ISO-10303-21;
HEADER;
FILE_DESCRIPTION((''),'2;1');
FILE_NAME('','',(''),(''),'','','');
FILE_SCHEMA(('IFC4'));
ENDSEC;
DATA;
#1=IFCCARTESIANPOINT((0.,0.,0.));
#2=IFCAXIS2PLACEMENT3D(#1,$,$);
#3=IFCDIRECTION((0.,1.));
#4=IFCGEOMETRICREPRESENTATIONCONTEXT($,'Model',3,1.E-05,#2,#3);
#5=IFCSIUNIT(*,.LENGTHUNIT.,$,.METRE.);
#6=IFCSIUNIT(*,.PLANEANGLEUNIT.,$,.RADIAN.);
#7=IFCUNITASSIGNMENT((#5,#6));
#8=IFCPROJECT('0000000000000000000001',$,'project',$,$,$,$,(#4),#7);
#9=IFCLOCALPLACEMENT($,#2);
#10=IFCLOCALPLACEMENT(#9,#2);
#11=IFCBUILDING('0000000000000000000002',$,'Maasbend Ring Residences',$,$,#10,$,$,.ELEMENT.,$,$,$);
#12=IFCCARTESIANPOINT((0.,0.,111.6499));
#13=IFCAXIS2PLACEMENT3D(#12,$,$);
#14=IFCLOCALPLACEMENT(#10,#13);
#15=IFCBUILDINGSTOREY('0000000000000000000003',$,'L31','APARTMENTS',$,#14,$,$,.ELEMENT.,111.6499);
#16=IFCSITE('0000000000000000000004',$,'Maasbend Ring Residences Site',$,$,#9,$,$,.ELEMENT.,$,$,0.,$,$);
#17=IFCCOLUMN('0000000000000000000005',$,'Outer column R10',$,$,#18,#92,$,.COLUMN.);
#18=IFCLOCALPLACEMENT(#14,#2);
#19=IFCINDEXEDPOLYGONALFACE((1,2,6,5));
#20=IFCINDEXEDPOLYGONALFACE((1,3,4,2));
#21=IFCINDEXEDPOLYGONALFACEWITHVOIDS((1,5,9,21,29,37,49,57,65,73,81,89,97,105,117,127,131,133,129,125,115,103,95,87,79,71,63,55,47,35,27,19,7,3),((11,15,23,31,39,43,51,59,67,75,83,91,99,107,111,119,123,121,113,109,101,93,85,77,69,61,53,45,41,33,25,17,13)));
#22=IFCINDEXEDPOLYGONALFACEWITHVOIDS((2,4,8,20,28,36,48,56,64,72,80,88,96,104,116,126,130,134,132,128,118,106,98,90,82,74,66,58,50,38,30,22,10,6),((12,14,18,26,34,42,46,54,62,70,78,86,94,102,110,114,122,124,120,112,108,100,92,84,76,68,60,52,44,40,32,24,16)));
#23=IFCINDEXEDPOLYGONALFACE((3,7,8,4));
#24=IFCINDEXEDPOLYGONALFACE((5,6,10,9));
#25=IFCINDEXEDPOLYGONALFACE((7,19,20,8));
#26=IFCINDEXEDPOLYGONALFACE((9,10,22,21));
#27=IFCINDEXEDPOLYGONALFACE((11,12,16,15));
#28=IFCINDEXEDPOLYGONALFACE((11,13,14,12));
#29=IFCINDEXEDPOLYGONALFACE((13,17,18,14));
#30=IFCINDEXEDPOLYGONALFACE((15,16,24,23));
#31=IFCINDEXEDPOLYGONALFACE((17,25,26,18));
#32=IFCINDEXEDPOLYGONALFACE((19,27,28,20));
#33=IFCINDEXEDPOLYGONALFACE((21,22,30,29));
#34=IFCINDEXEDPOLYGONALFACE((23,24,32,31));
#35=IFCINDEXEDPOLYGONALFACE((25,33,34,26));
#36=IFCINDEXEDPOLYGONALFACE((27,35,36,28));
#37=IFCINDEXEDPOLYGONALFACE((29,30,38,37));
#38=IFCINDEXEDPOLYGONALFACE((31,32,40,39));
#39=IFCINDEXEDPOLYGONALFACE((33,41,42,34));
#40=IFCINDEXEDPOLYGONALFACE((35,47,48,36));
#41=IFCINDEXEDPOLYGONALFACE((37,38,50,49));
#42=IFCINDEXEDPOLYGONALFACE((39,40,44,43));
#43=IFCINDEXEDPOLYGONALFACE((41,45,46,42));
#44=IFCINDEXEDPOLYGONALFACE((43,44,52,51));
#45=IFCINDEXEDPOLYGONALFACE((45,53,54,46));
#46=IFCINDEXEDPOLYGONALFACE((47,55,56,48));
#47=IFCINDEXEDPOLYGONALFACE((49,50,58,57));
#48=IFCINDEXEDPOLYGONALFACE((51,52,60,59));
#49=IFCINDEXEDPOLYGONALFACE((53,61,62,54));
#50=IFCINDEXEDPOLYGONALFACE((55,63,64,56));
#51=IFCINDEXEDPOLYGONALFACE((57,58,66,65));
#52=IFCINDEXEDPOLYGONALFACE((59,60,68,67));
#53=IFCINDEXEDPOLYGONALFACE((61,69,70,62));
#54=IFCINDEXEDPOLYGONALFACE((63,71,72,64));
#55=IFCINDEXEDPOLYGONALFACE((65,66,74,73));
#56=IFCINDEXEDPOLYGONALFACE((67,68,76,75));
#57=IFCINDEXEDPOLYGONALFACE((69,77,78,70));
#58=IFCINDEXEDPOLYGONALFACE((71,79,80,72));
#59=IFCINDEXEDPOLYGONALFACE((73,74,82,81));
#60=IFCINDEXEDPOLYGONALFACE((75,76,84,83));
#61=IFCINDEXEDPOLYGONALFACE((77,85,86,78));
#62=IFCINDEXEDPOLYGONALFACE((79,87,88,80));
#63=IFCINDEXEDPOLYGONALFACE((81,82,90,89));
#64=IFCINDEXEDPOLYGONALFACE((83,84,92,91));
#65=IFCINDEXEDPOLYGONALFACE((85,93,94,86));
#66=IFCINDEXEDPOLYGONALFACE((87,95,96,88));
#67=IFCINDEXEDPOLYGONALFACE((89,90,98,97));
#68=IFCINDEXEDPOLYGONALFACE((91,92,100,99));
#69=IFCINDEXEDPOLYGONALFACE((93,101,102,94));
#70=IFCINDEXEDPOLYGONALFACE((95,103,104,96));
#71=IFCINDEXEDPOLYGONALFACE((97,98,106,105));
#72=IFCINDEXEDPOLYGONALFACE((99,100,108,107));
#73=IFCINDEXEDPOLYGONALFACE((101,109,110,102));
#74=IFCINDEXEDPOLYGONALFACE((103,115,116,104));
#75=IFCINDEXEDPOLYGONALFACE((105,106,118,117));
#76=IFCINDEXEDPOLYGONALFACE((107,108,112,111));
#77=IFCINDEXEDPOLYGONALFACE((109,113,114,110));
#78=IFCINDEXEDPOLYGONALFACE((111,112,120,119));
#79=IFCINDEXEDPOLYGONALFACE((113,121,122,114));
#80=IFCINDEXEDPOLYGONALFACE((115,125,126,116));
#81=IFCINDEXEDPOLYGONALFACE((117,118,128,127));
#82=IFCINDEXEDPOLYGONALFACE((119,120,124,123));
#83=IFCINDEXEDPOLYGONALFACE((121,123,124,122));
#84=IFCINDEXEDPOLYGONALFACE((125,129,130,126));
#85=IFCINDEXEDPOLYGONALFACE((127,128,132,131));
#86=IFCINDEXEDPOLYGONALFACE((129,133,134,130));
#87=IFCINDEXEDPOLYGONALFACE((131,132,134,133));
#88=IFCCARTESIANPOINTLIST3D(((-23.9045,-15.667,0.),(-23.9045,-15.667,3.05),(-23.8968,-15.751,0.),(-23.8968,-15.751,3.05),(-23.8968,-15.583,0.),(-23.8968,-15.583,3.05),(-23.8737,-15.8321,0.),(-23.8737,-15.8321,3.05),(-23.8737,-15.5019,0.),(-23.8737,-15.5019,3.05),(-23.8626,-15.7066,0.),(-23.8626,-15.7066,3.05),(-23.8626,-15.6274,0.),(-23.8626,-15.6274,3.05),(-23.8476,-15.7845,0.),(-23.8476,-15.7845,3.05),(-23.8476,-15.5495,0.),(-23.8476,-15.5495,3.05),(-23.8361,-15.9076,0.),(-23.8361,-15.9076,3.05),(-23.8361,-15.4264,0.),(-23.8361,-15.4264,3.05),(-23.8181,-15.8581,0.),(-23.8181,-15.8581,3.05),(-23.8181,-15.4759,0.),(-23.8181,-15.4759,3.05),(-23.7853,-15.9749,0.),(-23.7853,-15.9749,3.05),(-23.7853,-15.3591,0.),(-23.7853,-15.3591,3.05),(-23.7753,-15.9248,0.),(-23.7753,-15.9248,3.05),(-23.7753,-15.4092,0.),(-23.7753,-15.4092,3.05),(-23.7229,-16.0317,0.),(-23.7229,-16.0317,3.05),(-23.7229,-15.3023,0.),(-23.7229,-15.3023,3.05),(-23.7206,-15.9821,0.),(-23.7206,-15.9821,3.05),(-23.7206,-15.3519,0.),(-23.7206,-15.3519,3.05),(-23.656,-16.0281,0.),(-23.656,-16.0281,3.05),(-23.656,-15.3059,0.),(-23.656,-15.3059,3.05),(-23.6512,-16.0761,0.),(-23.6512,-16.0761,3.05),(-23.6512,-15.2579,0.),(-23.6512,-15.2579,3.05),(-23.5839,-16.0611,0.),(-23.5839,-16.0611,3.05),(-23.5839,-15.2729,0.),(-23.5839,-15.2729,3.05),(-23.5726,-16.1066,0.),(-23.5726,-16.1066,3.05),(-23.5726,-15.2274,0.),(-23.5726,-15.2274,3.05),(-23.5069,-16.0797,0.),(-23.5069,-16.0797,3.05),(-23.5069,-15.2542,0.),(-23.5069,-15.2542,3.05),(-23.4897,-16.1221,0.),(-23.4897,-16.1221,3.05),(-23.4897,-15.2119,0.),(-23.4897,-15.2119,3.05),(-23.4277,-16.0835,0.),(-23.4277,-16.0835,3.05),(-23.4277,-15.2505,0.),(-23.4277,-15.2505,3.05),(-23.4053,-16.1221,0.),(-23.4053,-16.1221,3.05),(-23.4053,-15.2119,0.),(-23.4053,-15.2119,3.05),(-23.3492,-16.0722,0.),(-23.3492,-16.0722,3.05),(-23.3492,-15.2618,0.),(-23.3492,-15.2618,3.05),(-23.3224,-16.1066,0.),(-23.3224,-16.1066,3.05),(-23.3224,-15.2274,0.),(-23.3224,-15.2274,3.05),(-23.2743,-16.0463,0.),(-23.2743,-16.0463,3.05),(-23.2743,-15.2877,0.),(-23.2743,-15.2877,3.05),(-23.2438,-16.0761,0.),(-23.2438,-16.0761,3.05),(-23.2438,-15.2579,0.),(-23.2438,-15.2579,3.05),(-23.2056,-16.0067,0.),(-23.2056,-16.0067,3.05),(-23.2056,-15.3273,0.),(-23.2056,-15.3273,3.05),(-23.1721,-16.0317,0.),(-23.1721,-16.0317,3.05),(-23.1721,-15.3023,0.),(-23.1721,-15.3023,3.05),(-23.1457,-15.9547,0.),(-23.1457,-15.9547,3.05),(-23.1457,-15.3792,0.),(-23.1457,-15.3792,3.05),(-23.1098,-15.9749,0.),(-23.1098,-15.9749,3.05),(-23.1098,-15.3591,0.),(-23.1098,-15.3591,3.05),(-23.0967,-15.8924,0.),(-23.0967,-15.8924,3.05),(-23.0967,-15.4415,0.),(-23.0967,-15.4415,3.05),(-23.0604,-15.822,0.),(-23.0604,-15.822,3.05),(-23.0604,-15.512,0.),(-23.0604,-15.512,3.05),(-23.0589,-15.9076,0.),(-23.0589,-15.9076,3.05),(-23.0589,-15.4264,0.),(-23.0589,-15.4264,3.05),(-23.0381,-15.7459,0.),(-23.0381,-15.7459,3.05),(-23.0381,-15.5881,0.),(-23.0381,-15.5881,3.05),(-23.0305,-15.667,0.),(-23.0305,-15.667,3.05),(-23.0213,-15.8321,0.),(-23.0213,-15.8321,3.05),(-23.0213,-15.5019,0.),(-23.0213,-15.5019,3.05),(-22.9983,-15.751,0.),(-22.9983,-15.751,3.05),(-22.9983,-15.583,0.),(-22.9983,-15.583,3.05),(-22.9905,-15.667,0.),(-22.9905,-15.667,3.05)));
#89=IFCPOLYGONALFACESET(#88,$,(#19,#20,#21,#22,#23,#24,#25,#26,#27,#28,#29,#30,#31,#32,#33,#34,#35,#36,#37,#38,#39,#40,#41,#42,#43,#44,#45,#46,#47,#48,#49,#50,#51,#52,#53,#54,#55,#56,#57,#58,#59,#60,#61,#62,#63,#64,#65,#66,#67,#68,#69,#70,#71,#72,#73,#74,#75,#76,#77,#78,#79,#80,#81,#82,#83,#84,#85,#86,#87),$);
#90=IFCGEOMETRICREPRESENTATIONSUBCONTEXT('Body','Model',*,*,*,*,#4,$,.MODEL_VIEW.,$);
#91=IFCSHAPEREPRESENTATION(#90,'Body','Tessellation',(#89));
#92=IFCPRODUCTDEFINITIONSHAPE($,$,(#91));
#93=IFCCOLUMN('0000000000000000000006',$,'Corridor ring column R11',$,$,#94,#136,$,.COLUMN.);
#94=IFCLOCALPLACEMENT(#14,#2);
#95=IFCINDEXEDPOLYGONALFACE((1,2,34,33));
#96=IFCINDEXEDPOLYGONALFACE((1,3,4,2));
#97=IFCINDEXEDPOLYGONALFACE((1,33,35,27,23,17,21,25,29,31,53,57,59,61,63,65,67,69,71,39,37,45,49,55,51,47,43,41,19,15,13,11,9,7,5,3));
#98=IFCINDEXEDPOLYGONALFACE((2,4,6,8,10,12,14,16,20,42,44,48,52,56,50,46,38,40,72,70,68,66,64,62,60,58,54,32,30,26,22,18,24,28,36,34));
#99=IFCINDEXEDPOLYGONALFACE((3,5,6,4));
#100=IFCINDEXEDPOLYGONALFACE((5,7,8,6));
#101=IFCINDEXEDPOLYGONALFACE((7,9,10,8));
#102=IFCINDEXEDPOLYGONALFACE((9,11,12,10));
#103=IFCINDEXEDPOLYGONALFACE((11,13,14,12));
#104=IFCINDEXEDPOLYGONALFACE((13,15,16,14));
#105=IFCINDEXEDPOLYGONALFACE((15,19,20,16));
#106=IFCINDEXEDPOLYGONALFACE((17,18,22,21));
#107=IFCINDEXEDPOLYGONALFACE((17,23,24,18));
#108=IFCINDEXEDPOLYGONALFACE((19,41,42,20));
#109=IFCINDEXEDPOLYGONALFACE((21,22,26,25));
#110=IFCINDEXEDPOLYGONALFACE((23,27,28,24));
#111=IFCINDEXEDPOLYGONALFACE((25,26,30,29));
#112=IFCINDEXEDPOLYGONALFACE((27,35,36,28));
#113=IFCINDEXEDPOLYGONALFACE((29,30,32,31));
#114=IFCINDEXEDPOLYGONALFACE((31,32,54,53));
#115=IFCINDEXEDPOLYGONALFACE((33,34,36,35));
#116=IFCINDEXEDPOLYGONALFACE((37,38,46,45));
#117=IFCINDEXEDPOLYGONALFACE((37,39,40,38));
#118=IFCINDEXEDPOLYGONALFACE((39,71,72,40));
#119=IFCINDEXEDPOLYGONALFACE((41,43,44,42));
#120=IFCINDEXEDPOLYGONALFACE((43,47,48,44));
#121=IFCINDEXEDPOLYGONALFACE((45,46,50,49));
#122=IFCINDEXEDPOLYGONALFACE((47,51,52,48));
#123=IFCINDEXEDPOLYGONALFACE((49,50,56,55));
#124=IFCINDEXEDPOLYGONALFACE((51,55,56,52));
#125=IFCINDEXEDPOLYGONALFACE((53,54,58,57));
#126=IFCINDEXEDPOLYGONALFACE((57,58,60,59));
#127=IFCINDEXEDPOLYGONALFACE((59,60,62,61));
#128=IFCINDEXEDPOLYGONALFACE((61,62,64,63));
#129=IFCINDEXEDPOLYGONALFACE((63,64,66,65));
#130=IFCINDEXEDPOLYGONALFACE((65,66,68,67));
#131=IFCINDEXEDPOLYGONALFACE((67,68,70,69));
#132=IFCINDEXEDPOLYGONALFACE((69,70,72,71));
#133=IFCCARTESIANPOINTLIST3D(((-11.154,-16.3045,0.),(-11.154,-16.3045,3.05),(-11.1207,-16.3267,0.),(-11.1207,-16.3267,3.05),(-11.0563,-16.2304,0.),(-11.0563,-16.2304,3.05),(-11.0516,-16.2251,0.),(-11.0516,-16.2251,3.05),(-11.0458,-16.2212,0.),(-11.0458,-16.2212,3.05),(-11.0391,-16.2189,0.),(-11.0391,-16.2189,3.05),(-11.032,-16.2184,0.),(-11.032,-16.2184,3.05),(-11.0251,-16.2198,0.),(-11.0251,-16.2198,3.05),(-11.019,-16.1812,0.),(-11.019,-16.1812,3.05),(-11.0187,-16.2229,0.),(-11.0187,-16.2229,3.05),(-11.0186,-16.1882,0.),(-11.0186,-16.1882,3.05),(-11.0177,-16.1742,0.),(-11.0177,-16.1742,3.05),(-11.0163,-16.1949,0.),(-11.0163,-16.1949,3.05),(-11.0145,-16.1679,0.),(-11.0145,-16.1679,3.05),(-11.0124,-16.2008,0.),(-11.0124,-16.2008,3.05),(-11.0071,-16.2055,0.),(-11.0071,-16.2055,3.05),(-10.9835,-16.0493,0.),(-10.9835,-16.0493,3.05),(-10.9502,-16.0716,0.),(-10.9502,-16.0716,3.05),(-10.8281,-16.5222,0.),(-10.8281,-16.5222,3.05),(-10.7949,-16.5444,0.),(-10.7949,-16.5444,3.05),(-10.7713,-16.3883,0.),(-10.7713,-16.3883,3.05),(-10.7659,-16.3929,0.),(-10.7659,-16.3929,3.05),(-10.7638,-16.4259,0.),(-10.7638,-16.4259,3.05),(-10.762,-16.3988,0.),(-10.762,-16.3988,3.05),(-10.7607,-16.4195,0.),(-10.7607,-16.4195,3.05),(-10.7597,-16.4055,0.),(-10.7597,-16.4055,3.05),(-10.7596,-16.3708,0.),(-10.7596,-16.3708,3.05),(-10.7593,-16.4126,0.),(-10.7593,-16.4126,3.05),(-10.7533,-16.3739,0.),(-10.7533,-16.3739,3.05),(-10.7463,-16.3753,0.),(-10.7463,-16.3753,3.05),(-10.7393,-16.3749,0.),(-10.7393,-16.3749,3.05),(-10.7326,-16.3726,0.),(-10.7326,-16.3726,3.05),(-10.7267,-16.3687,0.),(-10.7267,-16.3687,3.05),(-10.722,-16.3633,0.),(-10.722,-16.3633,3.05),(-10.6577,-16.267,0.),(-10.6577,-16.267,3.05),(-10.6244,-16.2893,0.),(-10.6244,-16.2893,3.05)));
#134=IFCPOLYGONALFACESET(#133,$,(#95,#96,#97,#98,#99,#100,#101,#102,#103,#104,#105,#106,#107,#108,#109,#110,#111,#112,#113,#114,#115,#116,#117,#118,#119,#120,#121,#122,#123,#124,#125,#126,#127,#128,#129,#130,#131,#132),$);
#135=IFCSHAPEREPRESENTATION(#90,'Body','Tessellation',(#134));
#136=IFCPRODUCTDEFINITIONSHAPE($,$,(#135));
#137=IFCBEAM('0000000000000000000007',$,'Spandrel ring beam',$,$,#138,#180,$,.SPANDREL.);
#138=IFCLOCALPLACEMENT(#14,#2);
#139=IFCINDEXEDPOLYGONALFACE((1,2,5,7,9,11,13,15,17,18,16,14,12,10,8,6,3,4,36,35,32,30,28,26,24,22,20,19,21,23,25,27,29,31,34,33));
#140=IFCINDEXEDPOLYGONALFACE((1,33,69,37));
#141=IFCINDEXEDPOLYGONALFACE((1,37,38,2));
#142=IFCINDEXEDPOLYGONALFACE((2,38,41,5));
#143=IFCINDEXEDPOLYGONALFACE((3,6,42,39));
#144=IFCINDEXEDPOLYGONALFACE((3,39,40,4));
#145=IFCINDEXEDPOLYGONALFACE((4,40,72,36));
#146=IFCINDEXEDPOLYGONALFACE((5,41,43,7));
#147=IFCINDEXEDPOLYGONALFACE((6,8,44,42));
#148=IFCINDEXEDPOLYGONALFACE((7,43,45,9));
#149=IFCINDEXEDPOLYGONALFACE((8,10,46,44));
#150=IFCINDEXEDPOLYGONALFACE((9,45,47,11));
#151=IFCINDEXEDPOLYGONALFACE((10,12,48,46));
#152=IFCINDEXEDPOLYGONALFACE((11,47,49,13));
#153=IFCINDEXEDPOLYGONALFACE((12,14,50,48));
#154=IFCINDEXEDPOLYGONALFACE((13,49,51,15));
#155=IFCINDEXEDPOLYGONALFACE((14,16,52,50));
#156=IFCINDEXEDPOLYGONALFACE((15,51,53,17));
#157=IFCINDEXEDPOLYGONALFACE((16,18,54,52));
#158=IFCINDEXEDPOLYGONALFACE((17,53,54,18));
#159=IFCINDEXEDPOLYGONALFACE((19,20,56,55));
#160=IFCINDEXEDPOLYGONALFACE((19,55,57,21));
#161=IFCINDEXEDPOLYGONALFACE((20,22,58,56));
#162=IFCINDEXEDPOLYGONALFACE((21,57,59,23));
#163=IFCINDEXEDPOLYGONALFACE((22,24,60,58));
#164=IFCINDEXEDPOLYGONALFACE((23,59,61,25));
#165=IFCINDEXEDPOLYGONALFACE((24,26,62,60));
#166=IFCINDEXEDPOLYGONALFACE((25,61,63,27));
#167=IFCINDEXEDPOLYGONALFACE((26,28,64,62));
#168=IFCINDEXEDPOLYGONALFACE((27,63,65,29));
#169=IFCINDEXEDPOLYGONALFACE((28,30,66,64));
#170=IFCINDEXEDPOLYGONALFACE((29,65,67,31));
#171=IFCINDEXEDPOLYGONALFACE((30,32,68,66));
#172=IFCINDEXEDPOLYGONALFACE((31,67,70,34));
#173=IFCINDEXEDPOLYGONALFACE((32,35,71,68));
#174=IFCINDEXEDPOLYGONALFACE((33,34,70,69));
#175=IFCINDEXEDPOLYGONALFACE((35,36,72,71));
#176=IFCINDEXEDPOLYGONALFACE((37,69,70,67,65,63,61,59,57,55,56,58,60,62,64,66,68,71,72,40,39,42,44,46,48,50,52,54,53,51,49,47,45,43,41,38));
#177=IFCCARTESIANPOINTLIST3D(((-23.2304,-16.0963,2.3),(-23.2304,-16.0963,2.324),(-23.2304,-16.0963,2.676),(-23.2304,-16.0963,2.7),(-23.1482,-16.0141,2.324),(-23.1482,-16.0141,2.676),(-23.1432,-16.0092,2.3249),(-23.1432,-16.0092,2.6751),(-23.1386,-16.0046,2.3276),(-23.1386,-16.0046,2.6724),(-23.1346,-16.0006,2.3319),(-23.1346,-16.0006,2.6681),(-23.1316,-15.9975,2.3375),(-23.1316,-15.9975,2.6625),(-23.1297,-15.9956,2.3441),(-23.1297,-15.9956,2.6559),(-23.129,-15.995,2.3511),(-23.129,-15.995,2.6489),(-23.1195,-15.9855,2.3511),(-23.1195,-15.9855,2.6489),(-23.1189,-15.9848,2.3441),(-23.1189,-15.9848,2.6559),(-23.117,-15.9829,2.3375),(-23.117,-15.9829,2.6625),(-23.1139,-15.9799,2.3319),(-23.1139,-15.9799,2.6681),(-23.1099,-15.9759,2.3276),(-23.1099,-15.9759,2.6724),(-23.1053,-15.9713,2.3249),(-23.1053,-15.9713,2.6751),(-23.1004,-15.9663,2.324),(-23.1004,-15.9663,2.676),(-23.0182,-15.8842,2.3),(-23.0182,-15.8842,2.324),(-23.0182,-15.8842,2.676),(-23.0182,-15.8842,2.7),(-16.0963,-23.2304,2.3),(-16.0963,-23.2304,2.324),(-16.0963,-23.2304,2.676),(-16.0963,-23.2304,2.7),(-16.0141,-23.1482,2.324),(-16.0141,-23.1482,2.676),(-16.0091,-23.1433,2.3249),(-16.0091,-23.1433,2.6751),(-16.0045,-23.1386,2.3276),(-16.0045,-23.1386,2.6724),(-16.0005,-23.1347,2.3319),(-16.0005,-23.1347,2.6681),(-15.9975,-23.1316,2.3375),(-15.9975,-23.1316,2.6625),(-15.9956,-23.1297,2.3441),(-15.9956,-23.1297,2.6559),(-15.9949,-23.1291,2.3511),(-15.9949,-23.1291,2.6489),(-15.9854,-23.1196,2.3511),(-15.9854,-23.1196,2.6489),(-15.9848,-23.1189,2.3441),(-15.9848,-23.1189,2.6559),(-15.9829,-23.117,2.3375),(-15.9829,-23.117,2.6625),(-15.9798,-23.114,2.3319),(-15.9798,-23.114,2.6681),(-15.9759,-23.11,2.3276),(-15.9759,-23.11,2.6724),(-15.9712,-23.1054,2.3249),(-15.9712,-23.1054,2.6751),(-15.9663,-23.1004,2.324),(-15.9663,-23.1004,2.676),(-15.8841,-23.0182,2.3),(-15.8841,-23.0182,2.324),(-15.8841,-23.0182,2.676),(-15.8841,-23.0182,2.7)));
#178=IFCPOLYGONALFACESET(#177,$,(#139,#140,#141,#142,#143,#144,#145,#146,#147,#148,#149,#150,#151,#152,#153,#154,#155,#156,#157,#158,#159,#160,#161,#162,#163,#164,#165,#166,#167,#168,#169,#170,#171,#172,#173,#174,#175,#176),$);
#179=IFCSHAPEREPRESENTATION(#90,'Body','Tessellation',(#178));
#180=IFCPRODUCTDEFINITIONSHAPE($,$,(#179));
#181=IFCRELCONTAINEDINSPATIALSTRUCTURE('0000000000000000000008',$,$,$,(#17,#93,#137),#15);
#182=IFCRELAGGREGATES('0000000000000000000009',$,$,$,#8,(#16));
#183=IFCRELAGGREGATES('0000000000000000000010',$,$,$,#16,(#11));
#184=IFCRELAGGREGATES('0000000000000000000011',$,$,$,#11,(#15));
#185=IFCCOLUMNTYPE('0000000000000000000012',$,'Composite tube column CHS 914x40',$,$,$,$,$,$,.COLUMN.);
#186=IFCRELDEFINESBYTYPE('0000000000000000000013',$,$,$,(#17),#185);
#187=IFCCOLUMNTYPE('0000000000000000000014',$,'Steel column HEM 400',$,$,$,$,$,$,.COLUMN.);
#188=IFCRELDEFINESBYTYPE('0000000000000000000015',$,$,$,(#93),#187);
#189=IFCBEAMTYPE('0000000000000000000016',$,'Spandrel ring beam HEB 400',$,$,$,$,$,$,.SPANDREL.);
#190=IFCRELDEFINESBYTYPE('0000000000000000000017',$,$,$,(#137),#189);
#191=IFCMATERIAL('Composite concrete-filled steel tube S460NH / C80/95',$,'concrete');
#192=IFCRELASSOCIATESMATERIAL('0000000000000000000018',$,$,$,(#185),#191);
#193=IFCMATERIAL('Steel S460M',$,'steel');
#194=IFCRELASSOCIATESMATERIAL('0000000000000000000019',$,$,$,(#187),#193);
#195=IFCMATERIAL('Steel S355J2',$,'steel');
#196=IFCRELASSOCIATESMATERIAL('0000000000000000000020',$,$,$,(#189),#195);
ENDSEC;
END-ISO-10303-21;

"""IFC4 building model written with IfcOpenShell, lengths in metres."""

from ifc_helpers import new_model, si_unit, direction, frame, origin, origin_2d, place, context, subcontext, project, spatial, hollow_circle, i_section, extrude, material, material_profile, profile_set, type_object, element, save


model = new_model("IFC4")

# Units and contexts
model_context = context("Model", 3, precision=1e-05, world=origin(), true_north=direction((0.0, 1.0)))
body_context = subcontext(model_context, "Body", "Model", "MODEL_VIEW")
ifc_project = project(units=[si_unit("LENGTHUNIT", "METRE"), si_unit("PLANEANGLEUNIT", "RADIAN")], contexts=[model_context])

# Site, building, storey
site_placement = place(None, origin())
site = spatial("IfcSite", under=ifc_project, at=site_placement, Name="Maasbend Ring Residences Site", CompositionType="ELEMENT", RefElevation=0.0)
building_placement = place(site_placement, origin())
building = spatial("IfcBuilding", under=site, at=building_placement, Name="Maasbend Ring Residences", CompositionType="ELEMENT")
storey_placement = place(building_placement, frame((0.0, 0.0, 111.6499)))
storey = spatial("IfcBuildingStorey", under=building, at=storey_placement, Name="L31", Description="APARTMENTS", CompositionType="ELEMENT", Elevation=111.6499)

# Columns
ifc_material_1 = material(Name="Composite concrete-filled steel tube S460NH / C80/95", Category="concrete")
ifc_material_profile_1 = material_profile(ifc_material_1, hollow_circle(Radius=0.457, WallThickness=0.04, at=origin_2d()), Name="Composite tube column CHS 914x40")
ifc_profile_set_1 = profile_set([ifc_material_profile_1], Name="Composite concrete-filled steel tube S460NH / C80/95")
column_type_1 = type_object("IfcColumnType", Name="Composite tube column CHS 914x40", PredefinedType="COLUMN", material=ifc_profile_set_1)
column_1_placement = place(storey_placement, frame((-23.4475, -15.667, 0.0), z_axis=(0.0, 0.0, 1.0), x_axis=(1.0, 0.0, 0.0)))
element("IfcColumn", 1, at=column_1_placement, inside=storey, type_object=column_type_1, Name="Outer column R10", PredefinedType="COLUMN", context=body_context, shape_type="SweptSolid", body=[
    extrude(hollow_circle(Radius=0.457, WallThickness=0.04, at=origin_2d()), origin(), (0.0, 0.0, 1.0), 3.05),
])
ifc_material_2 = material(Name="Steel S460M", Category="steel")
ifc_material_profile_2 = material_profile(ifc_material_2, i_section(OverallWidth=0.3069, OverallDepth=0.4319, WebThickness=0.021, FlangeThickness=0.04, FilletRadius=0.0271, at=origin_2d()), Name="HEM 400")
ifc_profile_set_2 = profile_set([ifc_material_profile_2], Name="Steel S460M")
column_type_2 = type_object("IfcColumnType", Name="Steel column HEM 400", PredefinedType="COLUMN", material=ifc_profile_set_2)
column_2_placement = place(storey_placement, frame((-10.8892, -16.2969, 0.0), z_axis=(0.0, 0.0, 1.0), x_axis=(-0.55557, -0.83147, 0.0)))
element("IfcColumn", 2, at=column_2_placement, inside=storey, type_object=column_type_2, Name="Corridor ring column R11", PredefinedType="COLUMN", context=body_context, shape_type="SweptSolid", body=[
    extrude(i_section(OverallWidth=0.3069, OverallDepth=0.4319, WebThickness=0.021, FlangeThickness=0.04, FilletRadius=0.0271, at=origin_2d()), origin(), (0.0, 0.0, 1.0), 3.05),
])

# Beam
ifc_material_3 = material(Name="Steel S355J2", Category="steel")
ifc_material_profile_3 = material_profile(ifc_material_3, i_section(OverallWidth=0.3, OverallDepth=0.3999, WebThickness=0.0134, FlangeThickness=0.0239, FilletRadius=0.0271, at=origin_2d()), Name="HEB 400")
ifc_profile_set_3 = profile_set([ifc_material_profile_3], Name="Steel S355J2")
beam_type = type_object("IfcBeamType", Name="Spandrel ring beam HEB 400", PredefinedType="SPANDREL", material=ifc_profile_set_3)
beam_placement = place(storey_placement, frame((-23.1243, -15.9902, 2.5), z_axis=(0.707107, -0.707107, 0.0), x_axis=(0.707107, 0.707107, 0.0)))
element("IfcBeam", 3, at=beam_placement, inside=storey, type_object=beam_type, Name="Spandrel ring beam", PredefinedType="SPANDREL", context=body_context, shape_type="SweptSolid", body=[
    extrude(i_section(OverallWidth=0.3, OverallDepth=0.3999, WebThickness=0.0134, FlangeThickness=0.0239, FilletRadius=0.0271, at=origin_2d()), origin(), (0.0, 0.0, 1.0), 10.0891),
])

save(model, "model.ifc")
